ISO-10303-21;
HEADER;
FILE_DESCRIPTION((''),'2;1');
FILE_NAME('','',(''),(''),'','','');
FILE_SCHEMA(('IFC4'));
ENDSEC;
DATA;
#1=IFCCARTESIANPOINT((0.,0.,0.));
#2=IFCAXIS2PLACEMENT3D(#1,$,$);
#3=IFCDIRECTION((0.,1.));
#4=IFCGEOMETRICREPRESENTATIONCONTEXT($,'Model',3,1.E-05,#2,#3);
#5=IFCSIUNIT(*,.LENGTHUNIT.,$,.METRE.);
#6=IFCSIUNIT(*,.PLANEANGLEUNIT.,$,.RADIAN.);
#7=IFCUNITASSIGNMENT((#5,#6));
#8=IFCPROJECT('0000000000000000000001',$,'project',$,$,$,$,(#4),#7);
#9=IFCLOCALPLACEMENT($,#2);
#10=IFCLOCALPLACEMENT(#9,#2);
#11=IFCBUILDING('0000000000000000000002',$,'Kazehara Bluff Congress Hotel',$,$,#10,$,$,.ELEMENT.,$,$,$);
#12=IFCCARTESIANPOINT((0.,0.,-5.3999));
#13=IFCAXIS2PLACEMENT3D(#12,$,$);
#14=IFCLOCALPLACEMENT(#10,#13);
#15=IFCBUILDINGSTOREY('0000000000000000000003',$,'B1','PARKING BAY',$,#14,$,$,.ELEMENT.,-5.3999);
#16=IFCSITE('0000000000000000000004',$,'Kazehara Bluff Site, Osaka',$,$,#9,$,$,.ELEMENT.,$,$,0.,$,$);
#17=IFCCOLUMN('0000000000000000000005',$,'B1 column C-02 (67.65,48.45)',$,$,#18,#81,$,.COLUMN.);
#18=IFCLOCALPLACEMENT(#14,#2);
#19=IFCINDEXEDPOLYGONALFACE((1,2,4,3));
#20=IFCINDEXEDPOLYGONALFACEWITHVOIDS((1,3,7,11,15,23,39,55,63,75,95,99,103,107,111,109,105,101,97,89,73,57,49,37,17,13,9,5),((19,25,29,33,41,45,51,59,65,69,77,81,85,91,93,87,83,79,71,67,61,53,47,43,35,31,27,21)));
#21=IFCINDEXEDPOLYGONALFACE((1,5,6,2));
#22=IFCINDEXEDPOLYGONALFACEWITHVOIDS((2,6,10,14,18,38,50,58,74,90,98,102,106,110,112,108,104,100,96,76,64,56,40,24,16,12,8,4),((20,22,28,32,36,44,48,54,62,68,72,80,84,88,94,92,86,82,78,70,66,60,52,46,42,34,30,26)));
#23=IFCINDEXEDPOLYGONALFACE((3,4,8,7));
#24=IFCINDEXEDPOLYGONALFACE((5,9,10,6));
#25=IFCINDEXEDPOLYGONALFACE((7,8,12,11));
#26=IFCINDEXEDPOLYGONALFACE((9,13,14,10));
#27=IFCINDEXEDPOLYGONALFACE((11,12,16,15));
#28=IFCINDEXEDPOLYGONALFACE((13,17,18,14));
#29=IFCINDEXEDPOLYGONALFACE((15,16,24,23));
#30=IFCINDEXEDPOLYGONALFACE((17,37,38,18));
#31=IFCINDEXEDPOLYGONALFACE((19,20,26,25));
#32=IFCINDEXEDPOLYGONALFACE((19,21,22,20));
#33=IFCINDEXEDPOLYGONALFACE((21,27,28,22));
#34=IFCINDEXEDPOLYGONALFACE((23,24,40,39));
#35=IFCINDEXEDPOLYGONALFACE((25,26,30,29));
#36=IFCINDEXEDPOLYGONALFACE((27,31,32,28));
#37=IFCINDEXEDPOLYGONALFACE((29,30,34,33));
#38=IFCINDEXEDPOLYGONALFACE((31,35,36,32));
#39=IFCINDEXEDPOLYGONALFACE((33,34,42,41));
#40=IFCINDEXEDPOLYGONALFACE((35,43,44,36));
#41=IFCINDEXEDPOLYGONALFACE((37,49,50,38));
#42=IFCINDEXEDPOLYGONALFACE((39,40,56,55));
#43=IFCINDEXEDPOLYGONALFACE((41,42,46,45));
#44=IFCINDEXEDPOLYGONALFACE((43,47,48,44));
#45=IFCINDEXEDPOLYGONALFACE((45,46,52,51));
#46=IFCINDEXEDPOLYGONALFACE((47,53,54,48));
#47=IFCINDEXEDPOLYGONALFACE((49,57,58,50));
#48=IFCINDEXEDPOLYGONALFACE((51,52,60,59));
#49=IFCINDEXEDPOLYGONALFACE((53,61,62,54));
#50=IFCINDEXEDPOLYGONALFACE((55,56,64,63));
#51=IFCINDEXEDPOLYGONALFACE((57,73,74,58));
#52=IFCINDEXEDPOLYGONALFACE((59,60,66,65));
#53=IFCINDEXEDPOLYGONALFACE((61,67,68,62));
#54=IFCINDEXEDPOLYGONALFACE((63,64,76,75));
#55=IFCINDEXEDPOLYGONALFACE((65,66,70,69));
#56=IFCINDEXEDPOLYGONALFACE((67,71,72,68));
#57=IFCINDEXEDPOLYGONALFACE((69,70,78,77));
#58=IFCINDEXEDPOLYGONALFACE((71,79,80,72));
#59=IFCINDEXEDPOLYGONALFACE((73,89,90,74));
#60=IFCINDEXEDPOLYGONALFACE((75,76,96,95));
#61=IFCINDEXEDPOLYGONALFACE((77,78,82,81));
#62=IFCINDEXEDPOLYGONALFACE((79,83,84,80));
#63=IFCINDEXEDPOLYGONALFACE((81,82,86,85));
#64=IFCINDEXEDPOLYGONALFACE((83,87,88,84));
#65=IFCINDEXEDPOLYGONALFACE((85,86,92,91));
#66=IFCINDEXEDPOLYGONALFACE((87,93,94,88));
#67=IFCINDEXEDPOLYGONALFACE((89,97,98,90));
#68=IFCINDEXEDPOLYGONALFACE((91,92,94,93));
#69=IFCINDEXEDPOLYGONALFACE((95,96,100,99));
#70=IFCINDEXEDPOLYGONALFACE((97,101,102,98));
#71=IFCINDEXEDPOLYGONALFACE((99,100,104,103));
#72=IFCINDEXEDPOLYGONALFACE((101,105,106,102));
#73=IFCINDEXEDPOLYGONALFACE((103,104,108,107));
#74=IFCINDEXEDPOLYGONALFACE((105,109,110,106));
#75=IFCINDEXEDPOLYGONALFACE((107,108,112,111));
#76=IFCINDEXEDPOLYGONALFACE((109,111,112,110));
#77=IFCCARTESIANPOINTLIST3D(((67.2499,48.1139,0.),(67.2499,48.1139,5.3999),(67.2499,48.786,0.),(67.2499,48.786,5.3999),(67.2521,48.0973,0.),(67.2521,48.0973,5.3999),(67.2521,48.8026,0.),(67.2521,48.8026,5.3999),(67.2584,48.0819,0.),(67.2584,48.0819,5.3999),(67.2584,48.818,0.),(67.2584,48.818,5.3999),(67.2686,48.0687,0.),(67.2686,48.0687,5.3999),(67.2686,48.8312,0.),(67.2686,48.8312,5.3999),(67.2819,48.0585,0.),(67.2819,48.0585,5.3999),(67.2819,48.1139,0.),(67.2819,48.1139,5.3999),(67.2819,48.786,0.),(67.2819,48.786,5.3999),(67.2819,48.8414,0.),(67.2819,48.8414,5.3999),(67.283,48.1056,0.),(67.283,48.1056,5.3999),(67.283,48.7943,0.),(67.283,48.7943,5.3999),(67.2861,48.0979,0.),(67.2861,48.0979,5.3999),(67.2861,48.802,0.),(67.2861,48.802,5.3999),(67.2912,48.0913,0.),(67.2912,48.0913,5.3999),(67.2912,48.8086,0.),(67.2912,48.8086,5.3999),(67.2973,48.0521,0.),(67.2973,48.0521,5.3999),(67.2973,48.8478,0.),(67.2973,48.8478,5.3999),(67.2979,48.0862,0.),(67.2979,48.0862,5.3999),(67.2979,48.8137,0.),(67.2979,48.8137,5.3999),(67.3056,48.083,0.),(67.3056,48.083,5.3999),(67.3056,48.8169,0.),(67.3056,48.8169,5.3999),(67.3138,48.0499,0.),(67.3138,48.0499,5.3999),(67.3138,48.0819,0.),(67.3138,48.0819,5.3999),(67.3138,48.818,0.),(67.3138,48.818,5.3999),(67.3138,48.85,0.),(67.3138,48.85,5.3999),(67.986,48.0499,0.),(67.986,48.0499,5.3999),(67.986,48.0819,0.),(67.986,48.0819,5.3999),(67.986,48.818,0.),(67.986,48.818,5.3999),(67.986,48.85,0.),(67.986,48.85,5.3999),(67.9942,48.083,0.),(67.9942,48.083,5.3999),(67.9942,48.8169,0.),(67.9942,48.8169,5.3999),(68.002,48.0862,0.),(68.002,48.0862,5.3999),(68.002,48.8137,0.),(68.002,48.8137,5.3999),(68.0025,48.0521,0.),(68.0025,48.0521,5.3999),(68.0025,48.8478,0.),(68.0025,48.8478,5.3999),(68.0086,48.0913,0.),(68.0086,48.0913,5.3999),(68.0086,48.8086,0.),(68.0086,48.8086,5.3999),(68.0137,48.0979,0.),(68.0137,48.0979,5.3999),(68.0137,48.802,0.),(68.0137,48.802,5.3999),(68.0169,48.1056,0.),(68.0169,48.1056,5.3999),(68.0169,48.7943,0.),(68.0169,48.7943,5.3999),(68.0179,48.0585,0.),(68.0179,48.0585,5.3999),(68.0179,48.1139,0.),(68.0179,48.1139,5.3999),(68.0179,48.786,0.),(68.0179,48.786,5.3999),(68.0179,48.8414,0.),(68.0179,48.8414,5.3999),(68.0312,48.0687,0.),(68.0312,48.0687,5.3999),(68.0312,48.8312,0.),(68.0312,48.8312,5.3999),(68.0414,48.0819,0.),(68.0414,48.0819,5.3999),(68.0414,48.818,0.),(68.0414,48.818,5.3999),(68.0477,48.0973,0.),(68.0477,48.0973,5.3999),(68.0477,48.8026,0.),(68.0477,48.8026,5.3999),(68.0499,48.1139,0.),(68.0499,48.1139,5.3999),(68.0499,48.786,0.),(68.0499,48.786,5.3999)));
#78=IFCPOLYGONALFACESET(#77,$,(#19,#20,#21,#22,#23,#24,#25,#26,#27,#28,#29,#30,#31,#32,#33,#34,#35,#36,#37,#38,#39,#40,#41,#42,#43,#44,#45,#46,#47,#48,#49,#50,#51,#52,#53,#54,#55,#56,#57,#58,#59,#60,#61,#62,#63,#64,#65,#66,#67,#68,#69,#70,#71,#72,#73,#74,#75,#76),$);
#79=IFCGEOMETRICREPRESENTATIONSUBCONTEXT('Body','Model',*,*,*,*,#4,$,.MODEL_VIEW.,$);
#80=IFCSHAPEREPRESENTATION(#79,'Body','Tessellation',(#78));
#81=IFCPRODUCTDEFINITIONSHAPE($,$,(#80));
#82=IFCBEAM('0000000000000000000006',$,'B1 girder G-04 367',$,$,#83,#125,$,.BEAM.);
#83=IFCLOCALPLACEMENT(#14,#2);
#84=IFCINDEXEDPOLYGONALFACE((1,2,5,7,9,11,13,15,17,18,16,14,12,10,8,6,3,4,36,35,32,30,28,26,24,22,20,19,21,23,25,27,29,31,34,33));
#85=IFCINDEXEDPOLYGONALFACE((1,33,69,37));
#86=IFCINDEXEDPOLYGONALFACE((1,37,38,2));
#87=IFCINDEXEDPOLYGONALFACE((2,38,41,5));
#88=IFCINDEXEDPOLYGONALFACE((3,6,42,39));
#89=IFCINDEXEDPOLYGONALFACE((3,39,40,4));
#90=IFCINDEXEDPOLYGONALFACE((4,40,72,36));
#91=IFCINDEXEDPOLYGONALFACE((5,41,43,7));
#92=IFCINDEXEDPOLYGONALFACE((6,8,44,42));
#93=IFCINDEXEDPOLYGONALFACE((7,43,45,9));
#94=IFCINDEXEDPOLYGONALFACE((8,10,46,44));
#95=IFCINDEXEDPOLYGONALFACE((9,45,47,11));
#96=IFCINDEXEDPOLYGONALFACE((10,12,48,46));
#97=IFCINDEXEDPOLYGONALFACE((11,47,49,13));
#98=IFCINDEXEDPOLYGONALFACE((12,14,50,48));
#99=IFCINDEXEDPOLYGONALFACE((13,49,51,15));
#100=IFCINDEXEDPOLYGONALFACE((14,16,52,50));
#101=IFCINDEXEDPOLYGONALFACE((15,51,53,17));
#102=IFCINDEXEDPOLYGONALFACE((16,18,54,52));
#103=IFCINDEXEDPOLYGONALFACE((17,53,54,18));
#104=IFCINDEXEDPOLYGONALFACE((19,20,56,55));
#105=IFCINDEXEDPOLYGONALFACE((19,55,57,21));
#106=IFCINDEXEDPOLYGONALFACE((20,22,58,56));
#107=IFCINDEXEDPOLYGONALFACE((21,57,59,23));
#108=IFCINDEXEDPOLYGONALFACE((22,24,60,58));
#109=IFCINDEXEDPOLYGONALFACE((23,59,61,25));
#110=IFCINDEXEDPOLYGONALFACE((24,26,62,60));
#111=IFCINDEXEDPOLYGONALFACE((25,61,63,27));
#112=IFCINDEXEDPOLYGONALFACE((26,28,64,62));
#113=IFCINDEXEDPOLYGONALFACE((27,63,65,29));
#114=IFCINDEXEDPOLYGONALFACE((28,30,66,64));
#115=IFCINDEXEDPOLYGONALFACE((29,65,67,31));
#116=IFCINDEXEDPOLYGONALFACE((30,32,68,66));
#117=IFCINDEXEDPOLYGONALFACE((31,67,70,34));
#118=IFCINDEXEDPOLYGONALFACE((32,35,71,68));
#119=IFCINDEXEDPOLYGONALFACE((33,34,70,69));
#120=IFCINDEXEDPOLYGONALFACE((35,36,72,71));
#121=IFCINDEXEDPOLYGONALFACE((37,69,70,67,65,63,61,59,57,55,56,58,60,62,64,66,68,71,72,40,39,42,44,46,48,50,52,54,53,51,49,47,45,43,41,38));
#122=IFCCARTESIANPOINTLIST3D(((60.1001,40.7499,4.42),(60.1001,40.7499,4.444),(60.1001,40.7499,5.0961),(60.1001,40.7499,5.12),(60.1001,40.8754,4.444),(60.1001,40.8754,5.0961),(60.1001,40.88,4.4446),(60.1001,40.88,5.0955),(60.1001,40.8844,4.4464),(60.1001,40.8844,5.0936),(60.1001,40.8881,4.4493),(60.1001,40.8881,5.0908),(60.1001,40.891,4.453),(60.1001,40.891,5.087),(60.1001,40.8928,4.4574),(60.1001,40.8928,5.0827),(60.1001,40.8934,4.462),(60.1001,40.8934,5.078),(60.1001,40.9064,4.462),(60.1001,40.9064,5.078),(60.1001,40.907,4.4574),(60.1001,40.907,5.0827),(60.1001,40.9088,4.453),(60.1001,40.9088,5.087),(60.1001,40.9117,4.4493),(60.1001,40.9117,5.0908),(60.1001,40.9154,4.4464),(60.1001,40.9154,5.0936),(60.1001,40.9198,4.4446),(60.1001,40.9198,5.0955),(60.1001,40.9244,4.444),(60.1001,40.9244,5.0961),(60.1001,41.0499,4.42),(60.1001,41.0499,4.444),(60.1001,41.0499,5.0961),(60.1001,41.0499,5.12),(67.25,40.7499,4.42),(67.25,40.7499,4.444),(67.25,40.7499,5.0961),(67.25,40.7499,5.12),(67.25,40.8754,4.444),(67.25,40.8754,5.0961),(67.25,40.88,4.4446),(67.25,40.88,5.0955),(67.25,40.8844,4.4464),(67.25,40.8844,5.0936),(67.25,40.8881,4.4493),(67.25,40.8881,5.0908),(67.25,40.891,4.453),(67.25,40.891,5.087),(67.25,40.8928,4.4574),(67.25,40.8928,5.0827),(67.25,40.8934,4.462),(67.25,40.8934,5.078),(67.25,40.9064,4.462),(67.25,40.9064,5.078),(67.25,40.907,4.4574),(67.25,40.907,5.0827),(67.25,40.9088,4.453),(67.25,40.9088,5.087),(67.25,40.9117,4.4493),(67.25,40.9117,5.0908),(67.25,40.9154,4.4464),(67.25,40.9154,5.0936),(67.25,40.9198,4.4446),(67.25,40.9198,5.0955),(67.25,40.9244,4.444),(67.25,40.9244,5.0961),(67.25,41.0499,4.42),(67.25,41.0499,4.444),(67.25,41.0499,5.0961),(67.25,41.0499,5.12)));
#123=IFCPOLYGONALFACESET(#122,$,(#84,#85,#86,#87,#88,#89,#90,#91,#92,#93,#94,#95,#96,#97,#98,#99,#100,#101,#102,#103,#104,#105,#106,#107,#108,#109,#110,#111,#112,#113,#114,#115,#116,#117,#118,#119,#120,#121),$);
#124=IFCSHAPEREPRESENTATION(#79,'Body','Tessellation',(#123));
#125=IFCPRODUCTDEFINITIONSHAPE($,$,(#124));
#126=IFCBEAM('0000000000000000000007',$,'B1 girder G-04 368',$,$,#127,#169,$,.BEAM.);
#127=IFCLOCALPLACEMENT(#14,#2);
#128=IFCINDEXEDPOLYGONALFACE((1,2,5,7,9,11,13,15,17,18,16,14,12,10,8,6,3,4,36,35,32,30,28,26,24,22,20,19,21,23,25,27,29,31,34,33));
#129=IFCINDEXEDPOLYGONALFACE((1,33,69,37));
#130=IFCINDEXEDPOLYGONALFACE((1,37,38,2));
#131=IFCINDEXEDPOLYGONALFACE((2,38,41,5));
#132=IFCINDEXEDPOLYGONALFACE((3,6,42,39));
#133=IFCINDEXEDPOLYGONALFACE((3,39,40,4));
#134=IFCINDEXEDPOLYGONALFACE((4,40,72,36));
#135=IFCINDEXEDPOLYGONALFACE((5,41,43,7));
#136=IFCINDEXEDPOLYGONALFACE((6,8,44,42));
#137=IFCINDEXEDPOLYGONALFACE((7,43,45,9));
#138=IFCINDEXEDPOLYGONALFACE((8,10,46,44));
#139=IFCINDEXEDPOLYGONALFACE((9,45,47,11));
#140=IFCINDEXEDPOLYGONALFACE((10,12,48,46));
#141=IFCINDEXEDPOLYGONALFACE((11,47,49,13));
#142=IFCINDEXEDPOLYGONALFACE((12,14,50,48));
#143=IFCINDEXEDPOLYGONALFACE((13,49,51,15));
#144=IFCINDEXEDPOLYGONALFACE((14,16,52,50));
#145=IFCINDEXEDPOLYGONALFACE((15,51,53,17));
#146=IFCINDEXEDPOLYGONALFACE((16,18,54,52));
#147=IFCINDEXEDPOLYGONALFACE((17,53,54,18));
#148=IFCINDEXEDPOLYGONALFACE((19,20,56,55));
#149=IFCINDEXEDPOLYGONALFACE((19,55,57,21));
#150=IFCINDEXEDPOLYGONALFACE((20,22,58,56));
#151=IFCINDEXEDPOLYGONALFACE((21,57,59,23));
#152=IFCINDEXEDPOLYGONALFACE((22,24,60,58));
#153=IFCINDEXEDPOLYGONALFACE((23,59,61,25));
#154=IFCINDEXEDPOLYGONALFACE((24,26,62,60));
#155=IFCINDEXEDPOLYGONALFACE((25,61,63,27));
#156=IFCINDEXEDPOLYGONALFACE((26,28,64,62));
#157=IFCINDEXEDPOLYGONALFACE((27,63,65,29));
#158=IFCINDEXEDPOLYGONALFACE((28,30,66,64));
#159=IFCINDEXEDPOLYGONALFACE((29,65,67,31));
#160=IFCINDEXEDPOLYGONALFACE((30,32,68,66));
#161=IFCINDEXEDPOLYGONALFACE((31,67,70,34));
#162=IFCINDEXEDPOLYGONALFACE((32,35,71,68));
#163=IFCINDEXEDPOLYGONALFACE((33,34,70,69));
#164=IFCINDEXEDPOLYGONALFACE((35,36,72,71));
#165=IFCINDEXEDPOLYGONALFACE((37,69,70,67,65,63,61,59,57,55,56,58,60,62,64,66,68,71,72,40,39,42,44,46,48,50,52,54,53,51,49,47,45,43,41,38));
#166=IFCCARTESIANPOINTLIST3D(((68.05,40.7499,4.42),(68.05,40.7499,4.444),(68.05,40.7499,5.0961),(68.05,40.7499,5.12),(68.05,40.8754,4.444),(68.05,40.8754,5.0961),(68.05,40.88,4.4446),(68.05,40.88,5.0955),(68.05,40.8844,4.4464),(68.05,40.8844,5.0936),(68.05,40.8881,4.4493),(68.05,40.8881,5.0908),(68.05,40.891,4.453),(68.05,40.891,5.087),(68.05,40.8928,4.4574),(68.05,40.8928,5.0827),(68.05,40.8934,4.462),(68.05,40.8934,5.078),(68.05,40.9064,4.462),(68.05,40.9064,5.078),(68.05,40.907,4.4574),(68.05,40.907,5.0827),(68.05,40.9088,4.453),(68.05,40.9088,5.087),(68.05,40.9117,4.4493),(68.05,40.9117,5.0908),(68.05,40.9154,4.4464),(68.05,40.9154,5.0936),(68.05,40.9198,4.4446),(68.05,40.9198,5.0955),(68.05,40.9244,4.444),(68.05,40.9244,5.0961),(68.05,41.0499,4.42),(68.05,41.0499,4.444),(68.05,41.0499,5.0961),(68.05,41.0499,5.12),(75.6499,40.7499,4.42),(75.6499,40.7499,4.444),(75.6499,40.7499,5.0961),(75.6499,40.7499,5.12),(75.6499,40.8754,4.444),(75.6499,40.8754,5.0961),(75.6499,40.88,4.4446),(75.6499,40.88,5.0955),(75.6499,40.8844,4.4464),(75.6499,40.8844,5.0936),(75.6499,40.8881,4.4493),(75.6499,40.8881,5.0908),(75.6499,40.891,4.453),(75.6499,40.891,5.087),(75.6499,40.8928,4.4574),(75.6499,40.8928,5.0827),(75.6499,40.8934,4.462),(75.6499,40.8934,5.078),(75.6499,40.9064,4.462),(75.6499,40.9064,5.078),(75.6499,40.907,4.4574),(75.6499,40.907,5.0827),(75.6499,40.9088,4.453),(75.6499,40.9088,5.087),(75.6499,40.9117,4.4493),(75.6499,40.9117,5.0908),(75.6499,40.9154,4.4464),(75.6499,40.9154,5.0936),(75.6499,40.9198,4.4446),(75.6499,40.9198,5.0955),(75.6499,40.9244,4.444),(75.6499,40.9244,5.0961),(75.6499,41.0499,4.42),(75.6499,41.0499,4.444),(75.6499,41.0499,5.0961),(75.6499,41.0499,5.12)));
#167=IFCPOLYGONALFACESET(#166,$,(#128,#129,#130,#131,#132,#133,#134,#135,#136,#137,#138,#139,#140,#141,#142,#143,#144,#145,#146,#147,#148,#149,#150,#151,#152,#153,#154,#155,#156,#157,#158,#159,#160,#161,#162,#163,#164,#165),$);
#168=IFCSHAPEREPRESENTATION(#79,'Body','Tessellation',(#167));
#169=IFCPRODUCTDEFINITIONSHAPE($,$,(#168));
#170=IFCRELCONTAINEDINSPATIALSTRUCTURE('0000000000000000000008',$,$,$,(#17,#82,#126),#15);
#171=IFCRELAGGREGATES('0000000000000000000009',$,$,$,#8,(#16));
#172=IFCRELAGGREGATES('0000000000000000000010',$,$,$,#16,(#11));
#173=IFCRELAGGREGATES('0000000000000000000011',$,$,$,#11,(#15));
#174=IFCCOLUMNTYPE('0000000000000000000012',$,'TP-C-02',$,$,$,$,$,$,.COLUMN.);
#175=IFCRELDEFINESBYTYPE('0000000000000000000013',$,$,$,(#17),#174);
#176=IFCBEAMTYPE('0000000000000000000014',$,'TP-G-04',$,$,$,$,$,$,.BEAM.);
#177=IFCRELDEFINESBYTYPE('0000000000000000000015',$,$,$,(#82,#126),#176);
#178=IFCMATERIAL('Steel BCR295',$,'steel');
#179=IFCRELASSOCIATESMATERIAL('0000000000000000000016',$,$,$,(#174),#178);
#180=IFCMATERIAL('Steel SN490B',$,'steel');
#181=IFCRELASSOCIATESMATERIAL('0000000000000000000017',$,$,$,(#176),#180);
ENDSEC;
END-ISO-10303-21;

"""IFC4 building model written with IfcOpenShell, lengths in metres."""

from ifc_helpers import new_model, si_unit, direction, frame, origin, origin_2d, place, context, subcontext, project, spatial, hollow_rectangle, i_section, extrude, material, material_profile, profile_set, type_object, element, save


model = new_model("IFC4")

# Units and contexts
model_context = context("Model", 3, precision=1e-05, world=origin(), true_north=direction((0.0, 1.0)))
body_context = subcontext(model_context, "Body", "Model", "MODEL_VIEW")
ifc_project = project(units=[si_unit("LENGTHUNIT", "METRE"), si_unit("PLANEANGLEUNIT", "RADIAN")], contexts=[model_context])

# Site, building, storey
site_placement = place(None, origin())
site = spatial("IfcSite", under=ifc_project, at=site_placement, Name="Kazehara Bluff Site, Osaka", CompositionType="ELEMENT", RefElevation=0.0)
building_placement = place(site_placement, origin())
building = spatial("IfcBuilding", under=site, at=building_placement, Name="Kazehara Bluff Congress Hotel", CompositionType="ELEMENT")
storey_placement = place(building_placement, frame((0.0, 0.0, -5.3999)))
storey = spatial("IfcBuildingStorey", under=building, at=storey_placement, Name="B1", Description="PARKING BAY", CompositionType="ELEMENT", Elevation=-5.3999)

# Column
ifc_material_1 = material(Name="Steel BCR295", Category="steel")
ifc_material_profile_1 = material_profile(ifc_material_1, hollow_rectangle(XDim=0.8, YDim=0.8, WallThickness=0.032, InnerFilletRadius=0.032, OuterFilletRadius=0.064, at=origin_2d()))
ifc_profile_set_1 = profile_set([ifc_material_profile_1], Name="Steel BCR295")
column_type = type_object("IfcColumnType", Name="TP-C-02", PredefinedType="COLUMN", material=ifc_profile_set_1)
for number, where, z_axis, x_axis, name in (
    (1, (67.6499, 48.45, 0.0), (0.0, 0.0, 1.0), (1.0, 0.0, 0.0), "B1 column C-02 (67.65,48.45)"),
):
    element("IfcColumn", number, at=place(storey_placement, frame(where, z_axis=z_axis, x_axis=x_axis)), inside=storey, type_object=column_type, Name=name, PredefinedType="COLUMN", context=body_context, shape_type="SweptSolid", body=[
        extrude(hollow_rectangle(XDim=0.8, YDim=0.8, WallThickness=0.032, InnerFilletRadius=0.032, OuterFilletRadius=0.064, at=origin_2d()), origin(), (0.0, 0.0, 1.0), 5.3999),
    ])

# Beams
ifc_material_2 = material(Name="Steel SN490B", Category="steel")
ifc_material_profile_2 = material_profile(ifc_material_2, i_section(OverallWidth=0.3, OverallDepth=0.7, WebThickness=0.0129, FlangeThickness=0.0239, FilletRadius=0.0181, at=origin_2d()))
ifc_profile_set_2 = profile_set([ifc_material_profile_2], Name="Steel SN490B")
beam_type_1 = type_object("IfcBeamType", Name="TP-G-04", PredefinedType="BEAM", material=ifc_profile_set_2)
beam_1_placement = place(storey_placement, frame((60.1001, 40.8999, 4.77), z_axis=(1.0, 0.0, 0.0), x_axis=(0.0, 1.0, 0.0)))
element("IfcBeam", 2, at=beam_1_placement, inside=storey, type_object=beam_type_1, Name="B1 girder G-04 367", PredefinedType="BEAM", context=body_context, shape_type="SweptSolid", body=[
    extrude(i_section(OverallWidth=0.3, OverallDepth=0.7, WebThickness=0.0129, FlangeThickness=0.0239, FilletRadius=0.0181, at=origin_2d()), origin(), (0.0, 0.0, 1.0), 7.1499),
])
beam_2_placement = place(storey_placement, frame((68.05, 40.8999, 4.77), z_axis=(1.0, 0.0, 0.0), x_axis=(0.0, 1.0, 0.0)))
element("IfcBeam", 3, at=beam_2_placement, inside=storey, type_object=beam_type_1, Name="B1 girder G-04 368", PredefinedType="BEAM", context=body_context, shape_type="SweptSolid", body=[
    extrude(i_section(OverallWidth=0.3, OverallDepth=0.7, WebThickness=0.0129, FlangeThickness=0.0239, FilletRadius=0.0181, at=origin_2d()), origin(), (0.0, 0.0, 1.0), 7.5999),
])

save(model, "model.ifc")
